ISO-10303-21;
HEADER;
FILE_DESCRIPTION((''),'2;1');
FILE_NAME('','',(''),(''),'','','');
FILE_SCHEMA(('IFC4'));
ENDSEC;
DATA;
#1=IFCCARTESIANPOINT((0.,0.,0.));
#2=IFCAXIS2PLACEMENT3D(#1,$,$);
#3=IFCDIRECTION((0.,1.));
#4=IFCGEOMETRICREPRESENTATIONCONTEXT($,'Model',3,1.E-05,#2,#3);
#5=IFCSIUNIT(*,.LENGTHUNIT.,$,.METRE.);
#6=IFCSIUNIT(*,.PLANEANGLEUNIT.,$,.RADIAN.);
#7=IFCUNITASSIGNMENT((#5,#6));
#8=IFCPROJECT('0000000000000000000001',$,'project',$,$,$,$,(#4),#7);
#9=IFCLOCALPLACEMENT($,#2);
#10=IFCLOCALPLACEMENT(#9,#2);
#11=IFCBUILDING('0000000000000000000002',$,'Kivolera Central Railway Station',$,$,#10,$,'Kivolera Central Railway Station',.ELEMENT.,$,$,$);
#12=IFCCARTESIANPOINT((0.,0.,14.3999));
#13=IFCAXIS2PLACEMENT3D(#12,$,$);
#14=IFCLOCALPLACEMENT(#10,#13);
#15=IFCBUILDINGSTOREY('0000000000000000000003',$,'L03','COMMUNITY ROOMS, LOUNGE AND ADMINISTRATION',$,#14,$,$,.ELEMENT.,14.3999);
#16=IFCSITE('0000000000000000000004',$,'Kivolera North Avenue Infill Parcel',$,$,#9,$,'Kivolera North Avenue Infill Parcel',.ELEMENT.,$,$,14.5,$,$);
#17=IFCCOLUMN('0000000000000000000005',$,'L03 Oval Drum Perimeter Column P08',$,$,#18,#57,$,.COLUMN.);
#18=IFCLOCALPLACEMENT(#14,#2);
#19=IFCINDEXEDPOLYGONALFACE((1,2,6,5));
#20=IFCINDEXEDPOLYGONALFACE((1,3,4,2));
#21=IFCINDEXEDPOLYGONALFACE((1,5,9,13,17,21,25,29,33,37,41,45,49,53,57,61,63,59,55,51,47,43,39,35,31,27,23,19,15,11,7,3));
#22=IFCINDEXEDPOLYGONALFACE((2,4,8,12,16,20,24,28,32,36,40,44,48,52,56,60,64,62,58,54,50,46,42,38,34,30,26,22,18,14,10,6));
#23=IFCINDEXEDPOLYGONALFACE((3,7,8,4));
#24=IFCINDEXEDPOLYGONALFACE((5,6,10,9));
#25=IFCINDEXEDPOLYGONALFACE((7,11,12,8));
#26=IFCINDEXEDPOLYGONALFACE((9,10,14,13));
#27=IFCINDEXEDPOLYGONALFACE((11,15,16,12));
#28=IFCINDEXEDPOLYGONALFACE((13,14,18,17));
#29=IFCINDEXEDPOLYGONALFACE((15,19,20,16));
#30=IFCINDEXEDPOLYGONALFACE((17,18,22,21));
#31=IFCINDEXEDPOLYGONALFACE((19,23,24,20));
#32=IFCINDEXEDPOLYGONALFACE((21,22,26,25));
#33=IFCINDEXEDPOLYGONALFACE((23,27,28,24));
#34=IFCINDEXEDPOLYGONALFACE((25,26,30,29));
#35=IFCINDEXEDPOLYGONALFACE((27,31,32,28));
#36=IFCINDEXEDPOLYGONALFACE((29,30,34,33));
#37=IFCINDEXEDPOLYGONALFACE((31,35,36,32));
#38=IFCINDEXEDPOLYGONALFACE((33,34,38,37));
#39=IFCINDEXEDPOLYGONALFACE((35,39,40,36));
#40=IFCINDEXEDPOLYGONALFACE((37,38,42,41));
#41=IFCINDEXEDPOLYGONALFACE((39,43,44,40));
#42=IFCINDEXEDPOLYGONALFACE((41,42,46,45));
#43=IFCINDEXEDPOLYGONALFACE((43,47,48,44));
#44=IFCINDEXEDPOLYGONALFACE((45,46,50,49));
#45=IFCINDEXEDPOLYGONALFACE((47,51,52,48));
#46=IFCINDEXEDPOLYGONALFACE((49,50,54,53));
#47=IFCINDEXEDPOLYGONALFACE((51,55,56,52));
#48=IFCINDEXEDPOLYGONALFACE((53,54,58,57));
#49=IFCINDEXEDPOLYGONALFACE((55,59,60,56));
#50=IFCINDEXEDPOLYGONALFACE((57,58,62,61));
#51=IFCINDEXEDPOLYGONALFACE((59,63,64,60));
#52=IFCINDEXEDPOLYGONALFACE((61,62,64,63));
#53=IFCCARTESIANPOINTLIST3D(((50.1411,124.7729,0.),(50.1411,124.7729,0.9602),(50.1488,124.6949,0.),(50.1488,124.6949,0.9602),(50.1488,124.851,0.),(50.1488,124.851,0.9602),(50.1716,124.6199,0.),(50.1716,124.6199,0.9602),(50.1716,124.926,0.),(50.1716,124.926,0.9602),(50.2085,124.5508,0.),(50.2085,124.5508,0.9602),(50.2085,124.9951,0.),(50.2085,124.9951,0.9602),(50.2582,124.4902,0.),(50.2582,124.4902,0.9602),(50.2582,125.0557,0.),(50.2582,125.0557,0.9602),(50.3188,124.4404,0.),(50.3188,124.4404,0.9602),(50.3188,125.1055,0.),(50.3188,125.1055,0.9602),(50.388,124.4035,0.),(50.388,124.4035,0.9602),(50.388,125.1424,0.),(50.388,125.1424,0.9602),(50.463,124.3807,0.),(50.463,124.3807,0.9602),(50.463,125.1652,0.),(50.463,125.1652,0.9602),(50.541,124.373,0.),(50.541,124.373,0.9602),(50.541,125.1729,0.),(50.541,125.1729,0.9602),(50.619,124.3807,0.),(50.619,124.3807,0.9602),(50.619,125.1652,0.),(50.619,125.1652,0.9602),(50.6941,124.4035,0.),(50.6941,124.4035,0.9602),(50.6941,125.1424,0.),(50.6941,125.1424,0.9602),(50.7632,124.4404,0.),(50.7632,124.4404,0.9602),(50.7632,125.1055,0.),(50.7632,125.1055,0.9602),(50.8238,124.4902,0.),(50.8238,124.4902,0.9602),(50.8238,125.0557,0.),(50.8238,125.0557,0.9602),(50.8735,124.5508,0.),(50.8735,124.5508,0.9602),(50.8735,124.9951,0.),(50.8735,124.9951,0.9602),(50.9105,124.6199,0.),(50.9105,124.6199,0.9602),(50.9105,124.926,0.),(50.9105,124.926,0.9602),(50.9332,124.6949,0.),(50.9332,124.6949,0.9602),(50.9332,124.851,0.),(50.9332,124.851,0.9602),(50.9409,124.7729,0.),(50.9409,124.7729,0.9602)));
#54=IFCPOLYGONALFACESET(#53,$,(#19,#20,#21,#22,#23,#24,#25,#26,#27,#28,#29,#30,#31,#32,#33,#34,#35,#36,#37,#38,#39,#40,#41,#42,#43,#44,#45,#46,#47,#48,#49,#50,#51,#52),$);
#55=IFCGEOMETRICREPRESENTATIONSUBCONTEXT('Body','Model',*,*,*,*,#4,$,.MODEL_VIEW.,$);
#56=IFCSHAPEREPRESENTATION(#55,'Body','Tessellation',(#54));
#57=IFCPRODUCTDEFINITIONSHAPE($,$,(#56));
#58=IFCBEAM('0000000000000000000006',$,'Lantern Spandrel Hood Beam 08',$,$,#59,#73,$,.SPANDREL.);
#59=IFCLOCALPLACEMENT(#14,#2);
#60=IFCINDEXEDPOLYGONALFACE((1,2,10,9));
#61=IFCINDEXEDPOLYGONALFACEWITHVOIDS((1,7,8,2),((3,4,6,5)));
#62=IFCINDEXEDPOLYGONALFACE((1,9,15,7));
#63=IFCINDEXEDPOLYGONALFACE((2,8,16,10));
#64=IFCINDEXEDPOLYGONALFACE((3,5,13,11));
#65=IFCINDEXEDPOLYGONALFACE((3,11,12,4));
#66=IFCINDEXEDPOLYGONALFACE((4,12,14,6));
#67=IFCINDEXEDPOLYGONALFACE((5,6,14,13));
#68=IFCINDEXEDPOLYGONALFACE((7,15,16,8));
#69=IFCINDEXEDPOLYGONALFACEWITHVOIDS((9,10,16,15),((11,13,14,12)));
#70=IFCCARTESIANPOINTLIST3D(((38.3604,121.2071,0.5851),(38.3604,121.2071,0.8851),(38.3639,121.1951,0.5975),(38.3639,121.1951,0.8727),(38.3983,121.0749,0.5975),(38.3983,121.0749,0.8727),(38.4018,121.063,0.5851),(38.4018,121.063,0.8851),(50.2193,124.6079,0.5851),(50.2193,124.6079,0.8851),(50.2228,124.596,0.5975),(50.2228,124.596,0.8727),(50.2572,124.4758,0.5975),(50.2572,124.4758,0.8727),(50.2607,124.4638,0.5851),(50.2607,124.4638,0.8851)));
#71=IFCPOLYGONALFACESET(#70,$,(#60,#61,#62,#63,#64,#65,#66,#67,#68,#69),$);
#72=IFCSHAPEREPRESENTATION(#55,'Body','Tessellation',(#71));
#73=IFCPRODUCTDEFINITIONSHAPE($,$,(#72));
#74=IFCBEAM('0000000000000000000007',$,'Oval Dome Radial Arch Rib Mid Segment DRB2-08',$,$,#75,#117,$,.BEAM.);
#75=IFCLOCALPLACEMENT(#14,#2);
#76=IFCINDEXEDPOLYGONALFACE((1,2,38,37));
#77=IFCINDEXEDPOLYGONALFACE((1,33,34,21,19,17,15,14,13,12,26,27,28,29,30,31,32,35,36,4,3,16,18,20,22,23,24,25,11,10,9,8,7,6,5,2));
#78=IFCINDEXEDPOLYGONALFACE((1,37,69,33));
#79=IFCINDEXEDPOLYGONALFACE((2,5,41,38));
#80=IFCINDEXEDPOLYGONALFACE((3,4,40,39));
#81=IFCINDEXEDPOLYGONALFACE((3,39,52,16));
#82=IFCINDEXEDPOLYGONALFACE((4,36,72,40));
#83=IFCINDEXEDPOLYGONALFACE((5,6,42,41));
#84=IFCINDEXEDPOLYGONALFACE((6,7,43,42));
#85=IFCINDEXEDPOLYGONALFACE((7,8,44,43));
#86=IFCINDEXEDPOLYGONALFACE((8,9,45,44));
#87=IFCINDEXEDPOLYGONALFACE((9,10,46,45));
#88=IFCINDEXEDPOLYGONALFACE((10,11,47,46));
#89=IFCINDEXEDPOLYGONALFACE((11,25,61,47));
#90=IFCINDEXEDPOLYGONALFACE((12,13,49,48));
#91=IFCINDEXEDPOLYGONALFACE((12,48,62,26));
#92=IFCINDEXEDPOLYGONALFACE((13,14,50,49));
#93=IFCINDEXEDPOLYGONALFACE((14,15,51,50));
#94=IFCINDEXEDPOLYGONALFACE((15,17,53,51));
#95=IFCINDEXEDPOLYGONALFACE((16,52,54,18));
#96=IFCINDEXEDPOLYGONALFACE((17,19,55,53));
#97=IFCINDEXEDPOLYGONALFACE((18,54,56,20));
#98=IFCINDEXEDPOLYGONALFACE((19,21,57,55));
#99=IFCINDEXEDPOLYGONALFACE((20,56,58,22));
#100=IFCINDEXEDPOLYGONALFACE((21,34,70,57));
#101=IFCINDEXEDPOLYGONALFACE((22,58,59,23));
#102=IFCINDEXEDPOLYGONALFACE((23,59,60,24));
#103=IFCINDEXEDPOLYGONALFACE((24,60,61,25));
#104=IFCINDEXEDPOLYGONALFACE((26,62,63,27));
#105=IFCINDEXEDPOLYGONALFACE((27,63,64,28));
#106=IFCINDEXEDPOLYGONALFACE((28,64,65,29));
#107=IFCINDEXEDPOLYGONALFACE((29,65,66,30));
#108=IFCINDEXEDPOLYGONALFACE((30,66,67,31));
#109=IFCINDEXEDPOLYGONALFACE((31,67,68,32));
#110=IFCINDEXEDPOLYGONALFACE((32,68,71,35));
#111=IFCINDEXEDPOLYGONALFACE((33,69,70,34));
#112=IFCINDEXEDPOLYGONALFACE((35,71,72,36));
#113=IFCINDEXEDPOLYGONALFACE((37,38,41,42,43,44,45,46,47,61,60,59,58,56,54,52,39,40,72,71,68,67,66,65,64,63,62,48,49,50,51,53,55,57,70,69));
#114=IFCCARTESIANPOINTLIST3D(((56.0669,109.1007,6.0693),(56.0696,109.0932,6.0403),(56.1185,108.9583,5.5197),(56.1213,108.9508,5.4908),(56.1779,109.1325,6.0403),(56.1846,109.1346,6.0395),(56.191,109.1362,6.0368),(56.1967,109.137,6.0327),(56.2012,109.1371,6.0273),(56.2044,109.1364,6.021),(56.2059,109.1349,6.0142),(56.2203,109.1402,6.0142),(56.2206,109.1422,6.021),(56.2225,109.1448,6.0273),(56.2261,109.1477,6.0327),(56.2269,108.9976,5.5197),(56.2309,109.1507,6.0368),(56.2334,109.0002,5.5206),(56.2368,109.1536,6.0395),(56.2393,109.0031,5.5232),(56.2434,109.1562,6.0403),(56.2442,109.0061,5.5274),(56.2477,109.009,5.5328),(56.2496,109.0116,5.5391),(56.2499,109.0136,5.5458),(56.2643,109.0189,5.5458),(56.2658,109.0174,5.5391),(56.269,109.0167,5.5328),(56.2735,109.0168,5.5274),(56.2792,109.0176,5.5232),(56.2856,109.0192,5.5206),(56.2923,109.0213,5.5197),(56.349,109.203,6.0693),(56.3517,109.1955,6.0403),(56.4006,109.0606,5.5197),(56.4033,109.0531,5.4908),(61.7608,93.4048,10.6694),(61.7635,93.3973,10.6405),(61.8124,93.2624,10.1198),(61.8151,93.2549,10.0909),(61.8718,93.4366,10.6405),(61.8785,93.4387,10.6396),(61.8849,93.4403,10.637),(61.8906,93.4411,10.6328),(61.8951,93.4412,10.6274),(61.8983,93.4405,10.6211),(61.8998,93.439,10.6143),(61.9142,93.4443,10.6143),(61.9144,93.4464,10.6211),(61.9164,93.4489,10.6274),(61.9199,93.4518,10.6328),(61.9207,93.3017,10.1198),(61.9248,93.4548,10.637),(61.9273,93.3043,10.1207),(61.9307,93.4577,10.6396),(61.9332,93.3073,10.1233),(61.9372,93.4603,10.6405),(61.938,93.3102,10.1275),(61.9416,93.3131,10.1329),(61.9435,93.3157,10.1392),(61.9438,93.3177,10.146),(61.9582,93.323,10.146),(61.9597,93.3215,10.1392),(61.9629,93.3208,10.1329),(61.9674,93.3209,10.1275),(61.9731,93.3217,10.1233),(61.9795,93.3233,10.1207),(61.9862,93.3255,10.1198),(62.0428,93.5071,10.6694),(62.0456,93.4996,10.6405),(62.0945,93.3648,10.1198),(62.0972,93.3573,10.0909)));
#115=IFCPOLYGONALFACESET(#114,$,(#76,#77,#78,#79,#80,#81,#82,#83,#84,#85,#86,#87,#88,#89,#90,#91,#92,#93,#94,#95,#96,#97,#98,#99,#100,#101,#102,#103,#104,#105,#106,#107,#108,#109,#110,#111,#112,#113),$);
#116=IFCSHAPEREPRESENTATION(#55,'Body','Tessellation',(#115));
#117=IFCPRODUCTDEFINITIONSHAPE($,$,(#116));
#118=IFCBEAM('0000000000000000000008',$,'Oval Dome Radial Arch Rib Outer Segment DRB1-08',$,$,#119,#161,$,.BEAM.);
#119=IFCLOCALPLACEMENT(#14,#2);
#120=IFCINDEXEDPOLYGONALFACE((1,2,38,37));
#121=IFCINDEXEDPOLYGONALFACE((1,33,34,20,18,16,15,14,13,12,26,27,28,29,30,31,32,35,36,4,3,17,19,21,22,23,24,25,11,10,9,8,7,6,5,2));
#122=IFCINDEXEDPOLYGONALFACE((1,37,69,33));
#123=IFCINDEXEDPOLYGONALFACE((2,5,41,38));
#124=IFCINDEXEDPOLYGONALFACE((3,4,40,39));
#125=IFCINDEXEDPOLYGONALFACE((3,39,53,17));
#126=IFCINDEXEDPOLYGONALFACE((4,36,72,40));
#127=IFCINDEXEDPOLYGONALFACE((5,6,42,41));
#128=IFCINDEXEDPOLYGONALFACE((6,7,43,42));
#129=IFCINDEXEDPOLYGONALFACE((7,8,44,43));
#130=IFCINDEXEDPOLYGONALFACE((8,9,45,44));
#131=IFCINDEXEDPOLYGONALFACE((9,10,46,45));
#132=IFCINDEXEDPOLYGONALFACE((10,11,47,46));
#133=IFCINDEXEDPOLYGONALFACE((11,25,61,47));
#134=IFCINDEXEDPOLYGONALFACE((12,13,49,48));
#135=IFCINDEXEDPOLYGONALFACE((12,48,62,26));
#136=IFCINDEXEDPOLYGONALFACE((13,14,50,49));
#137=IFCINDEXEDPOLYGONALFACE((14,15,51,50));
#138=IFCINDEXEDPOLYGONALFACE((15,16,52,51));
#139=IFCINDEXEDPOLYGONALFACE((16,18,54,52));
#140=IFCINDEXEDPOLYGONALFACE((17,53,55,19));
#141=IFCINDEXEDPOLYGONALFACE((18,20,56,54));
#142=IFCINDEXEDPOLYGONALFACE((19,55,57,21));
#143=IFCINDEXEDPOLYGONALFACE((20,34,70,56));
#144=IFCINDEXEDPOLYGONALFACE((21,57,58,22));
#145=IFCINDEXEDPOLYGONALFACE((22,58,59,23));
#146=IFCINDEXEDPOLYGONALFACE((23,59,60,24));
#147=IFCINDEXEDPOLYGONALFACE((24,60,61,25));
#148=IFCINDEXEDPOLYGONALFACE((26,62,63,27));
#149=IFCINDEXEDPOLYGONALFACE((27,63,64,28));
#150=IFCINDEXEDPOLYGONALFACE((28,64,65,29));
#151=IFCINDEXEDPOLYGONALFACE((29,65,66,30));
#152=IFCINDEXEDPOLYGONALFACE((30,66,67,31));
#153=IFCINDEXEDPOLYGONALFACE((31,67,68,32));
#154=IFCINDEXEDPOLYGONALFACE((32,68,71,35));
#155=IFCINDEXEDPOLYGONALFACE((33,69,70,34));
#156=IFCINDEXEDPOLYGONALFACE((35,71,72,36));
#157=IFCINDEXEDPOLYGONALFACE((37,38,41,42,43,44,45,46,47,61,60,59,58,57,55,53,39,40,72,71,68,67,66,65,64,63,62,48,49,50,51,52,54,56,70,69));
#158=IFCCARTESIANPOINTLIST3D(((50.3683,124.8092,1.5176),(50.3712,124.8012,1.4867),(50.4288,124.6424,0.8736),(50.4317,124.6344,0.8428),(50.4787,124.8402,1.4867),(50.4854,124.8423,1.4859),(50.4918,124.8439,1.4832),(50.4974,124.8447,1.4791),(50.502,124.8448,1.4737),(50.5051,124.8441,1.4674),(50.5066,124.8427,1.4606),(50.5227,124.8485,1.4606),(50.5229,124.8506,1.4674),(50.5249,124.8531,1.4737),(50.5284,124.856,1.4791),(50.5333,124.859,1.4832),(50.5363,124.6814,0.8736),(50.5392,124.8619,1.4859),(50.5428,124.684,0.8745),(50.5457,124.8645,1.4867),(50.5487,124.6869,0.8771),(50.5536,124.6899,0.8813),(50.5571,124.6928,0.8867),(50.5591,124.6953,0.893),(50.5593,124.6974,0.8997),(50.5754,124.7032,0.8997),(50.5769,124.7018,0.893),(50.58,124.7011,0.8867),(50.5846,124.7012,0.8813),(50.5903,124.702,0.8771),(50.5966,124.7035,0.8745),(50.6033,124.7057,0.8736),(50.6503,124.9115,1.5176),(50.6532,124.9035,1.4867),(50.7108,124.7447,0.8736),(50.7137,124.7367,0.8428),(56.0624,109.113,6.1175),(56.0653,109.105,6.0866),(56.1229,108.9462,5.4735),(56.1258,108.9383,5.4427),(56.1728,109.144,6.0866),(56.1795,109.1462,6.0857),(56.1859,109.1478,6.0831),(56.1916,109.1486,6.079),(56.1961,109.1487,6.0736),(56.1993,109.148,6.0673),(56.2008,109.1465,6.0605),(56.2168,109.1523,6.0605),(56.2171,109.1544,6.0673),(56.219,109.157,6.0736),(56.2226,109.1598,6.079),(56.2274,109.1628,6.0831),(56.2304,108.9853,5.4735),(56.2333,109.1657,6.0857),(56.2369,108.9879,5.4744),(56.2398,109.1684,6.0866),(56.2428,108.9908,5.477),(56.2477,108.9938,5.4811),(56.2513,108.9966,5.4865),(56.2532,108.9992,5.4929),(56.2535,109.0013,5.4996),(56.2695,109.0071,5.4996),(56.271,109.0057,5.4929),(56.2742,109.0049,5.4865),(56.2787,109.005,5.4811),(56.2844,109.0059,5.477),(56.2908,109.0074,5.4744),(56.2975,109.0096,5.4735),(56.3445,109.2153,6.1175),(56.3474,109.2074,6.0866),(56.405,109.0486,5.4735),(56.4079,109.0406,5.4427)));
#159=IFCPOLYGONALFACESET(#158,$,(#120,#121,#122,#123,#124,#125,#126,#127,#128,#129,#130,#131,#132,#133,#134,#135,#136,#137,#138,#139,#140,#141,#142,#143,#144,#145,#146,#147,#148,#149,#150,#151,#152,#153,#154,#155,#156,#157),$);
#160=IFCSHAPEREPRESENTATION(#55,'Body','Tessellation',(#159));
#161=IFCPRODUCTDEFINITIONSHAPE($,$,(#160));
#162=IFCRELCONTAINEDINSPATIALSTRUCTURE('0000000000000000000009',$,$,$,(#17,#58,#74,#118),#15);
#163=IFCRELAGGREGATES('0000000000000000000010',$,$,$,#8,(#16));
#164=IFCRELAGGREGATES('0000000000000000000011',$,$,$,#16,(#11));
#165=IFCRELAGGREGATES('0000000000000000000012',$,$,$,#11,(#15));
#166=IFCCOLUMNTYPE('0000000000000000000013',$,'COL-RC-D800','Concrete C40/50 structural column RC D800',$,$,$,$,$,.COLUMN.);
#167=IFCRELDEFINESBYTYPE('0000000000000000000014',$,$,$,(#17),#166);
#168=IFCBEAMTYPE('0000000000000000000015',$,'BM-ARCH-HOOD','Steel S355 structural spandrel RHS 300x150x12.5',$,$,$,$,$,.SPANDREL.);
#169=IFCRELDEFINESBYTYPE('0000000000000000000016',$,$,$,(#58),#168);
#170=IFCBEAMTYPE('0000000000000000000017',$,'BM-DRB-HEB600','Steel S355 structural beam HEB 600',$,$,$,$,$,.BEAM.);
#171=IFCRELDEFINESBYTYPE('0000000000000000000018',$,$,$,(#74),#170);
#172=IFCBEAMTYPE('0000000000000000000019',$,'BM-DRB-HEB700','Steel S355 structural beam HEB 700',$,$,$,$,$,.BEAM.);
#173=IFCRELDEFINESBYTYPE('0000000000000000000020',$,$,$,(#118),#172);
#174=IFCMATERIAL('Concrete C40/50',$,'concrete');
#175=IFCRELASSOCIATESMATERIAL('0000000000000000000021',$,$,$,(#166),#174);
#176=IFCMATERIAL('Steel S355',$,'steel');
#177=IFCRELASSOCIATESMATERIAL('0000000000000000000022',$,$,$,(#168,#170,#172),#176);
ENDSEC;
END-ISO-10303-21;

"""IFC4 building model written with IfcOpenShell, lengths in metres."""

from ifc_helpers import new_model, si_unit, direction, frame, origin, origin_2d, place, context, subcontext, project, spatial, hollow_rectangle, circle, i_section, extrude, material, material_profile, profile_set, type_object, element, save


model = new_model("IFC4")

# Units and contexts
model_context = context("Model", 3, precision=1e-05, world=origin(), true_north=direction((0.0, 1.0)))
body_context = subcontext(model_context, "Body", "Model", "MODEL_VIEW")
ifc_project = project(units=[si_unit("LENGTHUNIT", "METRE"), si_unit("PLANEANGLEUNIT", "RADIAN")], contexts=[model_context])

# Site, building, storey
site_placement = place(None, origin())
site = spatial("IfcSite", under=ifc_project, at=site_placement, Name="Kivolera North Avenue Infill Parcel", LongName="Kivolera North Avenue Infill Parcel", CompositionType="ELEMENT", RefElevation=14.5)
building_placement = place(site_placement, origin())
building = spatial("IfcBuilding", under=site, at=building_placement, Name="Kivolera Central Railway Station", LongName="Kivolera Central Railway Station", CompositionType="ELEMENT")
storey_placement = place(building_placement, frame((0.0, 0.0, 14.3999)))
storey = spatial("IfcBuildingStorey", under=building, at=storey_placement, Name="L03", Description="COMMUNITY ROOMS, LOUNGE AND ADMINISTRATION", CompositionType="ELEMENT", Elevation=14.3999)

# Column
ifc_material_1 = material(Name="Concrete C40/50", Category="concrete")
ifc_material_profile_1 = material_profile(ifc_material_1, circle(Radius=0.3999, at=origin_2d()), Name="RC D800")
ifc_profile_set_1 = profile_set([ifc_material_profile_1], Name="Concrete C40/50")
column_type = type_object("IfcColumnType", Name="COL-RC-D800", Description="Concrete C40/50 structural column RC D800", PredefinedType="COLUMN", material=ifc_profile_set_1)
column_placement = place(storey_placement, frame((50.541, 124.7729, 0.0), z_axis=(0.0, 0.0, 1.0), x_axis=(1.0, 0.0, 0.0)))
element("IfcColumn", 1, at=column_placement, inside=storey, type_object=column_type, Name="L03 Oval Drum Perimeter Column P08", PredefinedType="COLUMN", context=body_context, shape_type="SweptSolid", body=[
    extrude(circle(Radius=0.3999, at=origin_2d()), origin(), (0.0, 0.0, 1.0), 0.9602),
])

# Beams
ifc_material_2 = material(Name="Steel S355", Category="steel")
ifc_material_profile_2 = material_profile(ifc_material_2, hollow_rectangle(XDim=0.1499, YDim=0.3, WallThickness=0.0125, at=origin_2d()), Name="RHS 300x150x12.5")
ifc_profile_set_2 = profile_set([ifc_material_profile_2], Name="Steel S355")
beam_type_1 = type_object("IfcBeamType", Name="BM-ARCH-HOOD", Description="Steel S355 structural spandrel RHS 300x150x12.5", PredefinedType="SPANDREL", material=ifc_profile_set_2)
beam_1_placement = place(storey_placement, frame((50.24, 124.5359, 0.7351), z_axis=(-0.961253, -0.275667, 0.0), x_axis=(0.275667, -0.961253, 0.0)))
element("IfcBeam", 2, at=beam_1_placement, inside=storey, type_object=beam_type_1, Name="Lantern Spandrel Hood Beam 08", PredefinedType="SPANDREL", context=body_context, shape_type="SweptSolid", body=[
    extrude(hollow_rectangle(XDim=0.1499, YDim=0.3, WallThickness=0.0125, at=origin_2d()), origin(), (0.0, 0.0, 1.0), 12.3369),
])
ifc_material_profile_3 = material_profile(ifc_material_2, i_section(OverallWidth=0.3, OverallDepth=0.6001, WebThickness=0.0154, FlangeThickness=0.03, FilletRadius=0.0271, at=origin_2d()), Name="HEB 600")
ifc_profile_set_3 = profile_set([ifc_material_profile_3], Name="Steel S355")
beam_type_2 = type_object("IfcBeamType", Name="BM-DRB-HEB600", Description="Steel S355 structural beam HEB 600", PredefinedType="BEAM", material=ifc_profile_set_3)
beam_2_placement = place(storey_placement, frame((56.2351, 109.0769, 5.78), z_axis=(0.328768, -0.90629, 0.265614), x_axis=(0.940057, 0.341017, 0.0)))
element("IfcBeam", 3, at=beam_2_placement, inside=storey, type_object=beam_type_2, Name="Oval Dome Radial Arch Rib Mid Segment DRB2-08", PredefinedType="BEAM", context=body_context, shape_type="SweptSolid", body=[
    extrude(i_section(OverallWidth=0.3, OverallDepth=0.6001, WebThickness=0.0154, FlangeThickness=0.03, FilletRadius=0.0271, at=origin_2d()), origin(), (0.0, 0.0, 1.0), 17.3188),
])
ifc_material_profile_4 = material_profile(ifc_material_2, i_section(OverallWidth=0.3, OverallDepth=0.7, WebThickness=0.0171, FlangeThickness=0.032, FilletRadius=0.0271, at=origin_2d()), Name="HEB 700")
ifc_profile_set_4 = profile_set([ifc_material_profile_4], Name="Steel S355")
beam_type_3 = type_object("IfcBeamType", Name="BM-DRB-HEB700", Description="Steel S355 structural beam HEB 700", PredefinedType="BEAM", material=ifc_profile_set_4)
beam_3_placement = place(storey_placement, frame((50.541, 124.7729, 1.1802), z_axis=(0.328777, -0.906291, 0.265596), x_axis=(0.940054, 0.341026, 0.0)))
element("IfcBeam", 4, at=beam_3_placement, inside=storey, type_object=beam_type_3, Name="Oval Dome Radial Arch Rib Outer Segment DRB1-08", PredefinedType="BEAM", context=body_context, shape_type="SweptSolid", body=[
    extrude(i_section(OverallWidth=0.3, OverallDepth=0.7, WebThickness=0.0171, FlangeThickness=0.032, FilletRadius=0.0271, at=origin_2d()), origin(), (0.0, 0.0, 1.0), 17.3191),
])

save(model, "model.ifc")
